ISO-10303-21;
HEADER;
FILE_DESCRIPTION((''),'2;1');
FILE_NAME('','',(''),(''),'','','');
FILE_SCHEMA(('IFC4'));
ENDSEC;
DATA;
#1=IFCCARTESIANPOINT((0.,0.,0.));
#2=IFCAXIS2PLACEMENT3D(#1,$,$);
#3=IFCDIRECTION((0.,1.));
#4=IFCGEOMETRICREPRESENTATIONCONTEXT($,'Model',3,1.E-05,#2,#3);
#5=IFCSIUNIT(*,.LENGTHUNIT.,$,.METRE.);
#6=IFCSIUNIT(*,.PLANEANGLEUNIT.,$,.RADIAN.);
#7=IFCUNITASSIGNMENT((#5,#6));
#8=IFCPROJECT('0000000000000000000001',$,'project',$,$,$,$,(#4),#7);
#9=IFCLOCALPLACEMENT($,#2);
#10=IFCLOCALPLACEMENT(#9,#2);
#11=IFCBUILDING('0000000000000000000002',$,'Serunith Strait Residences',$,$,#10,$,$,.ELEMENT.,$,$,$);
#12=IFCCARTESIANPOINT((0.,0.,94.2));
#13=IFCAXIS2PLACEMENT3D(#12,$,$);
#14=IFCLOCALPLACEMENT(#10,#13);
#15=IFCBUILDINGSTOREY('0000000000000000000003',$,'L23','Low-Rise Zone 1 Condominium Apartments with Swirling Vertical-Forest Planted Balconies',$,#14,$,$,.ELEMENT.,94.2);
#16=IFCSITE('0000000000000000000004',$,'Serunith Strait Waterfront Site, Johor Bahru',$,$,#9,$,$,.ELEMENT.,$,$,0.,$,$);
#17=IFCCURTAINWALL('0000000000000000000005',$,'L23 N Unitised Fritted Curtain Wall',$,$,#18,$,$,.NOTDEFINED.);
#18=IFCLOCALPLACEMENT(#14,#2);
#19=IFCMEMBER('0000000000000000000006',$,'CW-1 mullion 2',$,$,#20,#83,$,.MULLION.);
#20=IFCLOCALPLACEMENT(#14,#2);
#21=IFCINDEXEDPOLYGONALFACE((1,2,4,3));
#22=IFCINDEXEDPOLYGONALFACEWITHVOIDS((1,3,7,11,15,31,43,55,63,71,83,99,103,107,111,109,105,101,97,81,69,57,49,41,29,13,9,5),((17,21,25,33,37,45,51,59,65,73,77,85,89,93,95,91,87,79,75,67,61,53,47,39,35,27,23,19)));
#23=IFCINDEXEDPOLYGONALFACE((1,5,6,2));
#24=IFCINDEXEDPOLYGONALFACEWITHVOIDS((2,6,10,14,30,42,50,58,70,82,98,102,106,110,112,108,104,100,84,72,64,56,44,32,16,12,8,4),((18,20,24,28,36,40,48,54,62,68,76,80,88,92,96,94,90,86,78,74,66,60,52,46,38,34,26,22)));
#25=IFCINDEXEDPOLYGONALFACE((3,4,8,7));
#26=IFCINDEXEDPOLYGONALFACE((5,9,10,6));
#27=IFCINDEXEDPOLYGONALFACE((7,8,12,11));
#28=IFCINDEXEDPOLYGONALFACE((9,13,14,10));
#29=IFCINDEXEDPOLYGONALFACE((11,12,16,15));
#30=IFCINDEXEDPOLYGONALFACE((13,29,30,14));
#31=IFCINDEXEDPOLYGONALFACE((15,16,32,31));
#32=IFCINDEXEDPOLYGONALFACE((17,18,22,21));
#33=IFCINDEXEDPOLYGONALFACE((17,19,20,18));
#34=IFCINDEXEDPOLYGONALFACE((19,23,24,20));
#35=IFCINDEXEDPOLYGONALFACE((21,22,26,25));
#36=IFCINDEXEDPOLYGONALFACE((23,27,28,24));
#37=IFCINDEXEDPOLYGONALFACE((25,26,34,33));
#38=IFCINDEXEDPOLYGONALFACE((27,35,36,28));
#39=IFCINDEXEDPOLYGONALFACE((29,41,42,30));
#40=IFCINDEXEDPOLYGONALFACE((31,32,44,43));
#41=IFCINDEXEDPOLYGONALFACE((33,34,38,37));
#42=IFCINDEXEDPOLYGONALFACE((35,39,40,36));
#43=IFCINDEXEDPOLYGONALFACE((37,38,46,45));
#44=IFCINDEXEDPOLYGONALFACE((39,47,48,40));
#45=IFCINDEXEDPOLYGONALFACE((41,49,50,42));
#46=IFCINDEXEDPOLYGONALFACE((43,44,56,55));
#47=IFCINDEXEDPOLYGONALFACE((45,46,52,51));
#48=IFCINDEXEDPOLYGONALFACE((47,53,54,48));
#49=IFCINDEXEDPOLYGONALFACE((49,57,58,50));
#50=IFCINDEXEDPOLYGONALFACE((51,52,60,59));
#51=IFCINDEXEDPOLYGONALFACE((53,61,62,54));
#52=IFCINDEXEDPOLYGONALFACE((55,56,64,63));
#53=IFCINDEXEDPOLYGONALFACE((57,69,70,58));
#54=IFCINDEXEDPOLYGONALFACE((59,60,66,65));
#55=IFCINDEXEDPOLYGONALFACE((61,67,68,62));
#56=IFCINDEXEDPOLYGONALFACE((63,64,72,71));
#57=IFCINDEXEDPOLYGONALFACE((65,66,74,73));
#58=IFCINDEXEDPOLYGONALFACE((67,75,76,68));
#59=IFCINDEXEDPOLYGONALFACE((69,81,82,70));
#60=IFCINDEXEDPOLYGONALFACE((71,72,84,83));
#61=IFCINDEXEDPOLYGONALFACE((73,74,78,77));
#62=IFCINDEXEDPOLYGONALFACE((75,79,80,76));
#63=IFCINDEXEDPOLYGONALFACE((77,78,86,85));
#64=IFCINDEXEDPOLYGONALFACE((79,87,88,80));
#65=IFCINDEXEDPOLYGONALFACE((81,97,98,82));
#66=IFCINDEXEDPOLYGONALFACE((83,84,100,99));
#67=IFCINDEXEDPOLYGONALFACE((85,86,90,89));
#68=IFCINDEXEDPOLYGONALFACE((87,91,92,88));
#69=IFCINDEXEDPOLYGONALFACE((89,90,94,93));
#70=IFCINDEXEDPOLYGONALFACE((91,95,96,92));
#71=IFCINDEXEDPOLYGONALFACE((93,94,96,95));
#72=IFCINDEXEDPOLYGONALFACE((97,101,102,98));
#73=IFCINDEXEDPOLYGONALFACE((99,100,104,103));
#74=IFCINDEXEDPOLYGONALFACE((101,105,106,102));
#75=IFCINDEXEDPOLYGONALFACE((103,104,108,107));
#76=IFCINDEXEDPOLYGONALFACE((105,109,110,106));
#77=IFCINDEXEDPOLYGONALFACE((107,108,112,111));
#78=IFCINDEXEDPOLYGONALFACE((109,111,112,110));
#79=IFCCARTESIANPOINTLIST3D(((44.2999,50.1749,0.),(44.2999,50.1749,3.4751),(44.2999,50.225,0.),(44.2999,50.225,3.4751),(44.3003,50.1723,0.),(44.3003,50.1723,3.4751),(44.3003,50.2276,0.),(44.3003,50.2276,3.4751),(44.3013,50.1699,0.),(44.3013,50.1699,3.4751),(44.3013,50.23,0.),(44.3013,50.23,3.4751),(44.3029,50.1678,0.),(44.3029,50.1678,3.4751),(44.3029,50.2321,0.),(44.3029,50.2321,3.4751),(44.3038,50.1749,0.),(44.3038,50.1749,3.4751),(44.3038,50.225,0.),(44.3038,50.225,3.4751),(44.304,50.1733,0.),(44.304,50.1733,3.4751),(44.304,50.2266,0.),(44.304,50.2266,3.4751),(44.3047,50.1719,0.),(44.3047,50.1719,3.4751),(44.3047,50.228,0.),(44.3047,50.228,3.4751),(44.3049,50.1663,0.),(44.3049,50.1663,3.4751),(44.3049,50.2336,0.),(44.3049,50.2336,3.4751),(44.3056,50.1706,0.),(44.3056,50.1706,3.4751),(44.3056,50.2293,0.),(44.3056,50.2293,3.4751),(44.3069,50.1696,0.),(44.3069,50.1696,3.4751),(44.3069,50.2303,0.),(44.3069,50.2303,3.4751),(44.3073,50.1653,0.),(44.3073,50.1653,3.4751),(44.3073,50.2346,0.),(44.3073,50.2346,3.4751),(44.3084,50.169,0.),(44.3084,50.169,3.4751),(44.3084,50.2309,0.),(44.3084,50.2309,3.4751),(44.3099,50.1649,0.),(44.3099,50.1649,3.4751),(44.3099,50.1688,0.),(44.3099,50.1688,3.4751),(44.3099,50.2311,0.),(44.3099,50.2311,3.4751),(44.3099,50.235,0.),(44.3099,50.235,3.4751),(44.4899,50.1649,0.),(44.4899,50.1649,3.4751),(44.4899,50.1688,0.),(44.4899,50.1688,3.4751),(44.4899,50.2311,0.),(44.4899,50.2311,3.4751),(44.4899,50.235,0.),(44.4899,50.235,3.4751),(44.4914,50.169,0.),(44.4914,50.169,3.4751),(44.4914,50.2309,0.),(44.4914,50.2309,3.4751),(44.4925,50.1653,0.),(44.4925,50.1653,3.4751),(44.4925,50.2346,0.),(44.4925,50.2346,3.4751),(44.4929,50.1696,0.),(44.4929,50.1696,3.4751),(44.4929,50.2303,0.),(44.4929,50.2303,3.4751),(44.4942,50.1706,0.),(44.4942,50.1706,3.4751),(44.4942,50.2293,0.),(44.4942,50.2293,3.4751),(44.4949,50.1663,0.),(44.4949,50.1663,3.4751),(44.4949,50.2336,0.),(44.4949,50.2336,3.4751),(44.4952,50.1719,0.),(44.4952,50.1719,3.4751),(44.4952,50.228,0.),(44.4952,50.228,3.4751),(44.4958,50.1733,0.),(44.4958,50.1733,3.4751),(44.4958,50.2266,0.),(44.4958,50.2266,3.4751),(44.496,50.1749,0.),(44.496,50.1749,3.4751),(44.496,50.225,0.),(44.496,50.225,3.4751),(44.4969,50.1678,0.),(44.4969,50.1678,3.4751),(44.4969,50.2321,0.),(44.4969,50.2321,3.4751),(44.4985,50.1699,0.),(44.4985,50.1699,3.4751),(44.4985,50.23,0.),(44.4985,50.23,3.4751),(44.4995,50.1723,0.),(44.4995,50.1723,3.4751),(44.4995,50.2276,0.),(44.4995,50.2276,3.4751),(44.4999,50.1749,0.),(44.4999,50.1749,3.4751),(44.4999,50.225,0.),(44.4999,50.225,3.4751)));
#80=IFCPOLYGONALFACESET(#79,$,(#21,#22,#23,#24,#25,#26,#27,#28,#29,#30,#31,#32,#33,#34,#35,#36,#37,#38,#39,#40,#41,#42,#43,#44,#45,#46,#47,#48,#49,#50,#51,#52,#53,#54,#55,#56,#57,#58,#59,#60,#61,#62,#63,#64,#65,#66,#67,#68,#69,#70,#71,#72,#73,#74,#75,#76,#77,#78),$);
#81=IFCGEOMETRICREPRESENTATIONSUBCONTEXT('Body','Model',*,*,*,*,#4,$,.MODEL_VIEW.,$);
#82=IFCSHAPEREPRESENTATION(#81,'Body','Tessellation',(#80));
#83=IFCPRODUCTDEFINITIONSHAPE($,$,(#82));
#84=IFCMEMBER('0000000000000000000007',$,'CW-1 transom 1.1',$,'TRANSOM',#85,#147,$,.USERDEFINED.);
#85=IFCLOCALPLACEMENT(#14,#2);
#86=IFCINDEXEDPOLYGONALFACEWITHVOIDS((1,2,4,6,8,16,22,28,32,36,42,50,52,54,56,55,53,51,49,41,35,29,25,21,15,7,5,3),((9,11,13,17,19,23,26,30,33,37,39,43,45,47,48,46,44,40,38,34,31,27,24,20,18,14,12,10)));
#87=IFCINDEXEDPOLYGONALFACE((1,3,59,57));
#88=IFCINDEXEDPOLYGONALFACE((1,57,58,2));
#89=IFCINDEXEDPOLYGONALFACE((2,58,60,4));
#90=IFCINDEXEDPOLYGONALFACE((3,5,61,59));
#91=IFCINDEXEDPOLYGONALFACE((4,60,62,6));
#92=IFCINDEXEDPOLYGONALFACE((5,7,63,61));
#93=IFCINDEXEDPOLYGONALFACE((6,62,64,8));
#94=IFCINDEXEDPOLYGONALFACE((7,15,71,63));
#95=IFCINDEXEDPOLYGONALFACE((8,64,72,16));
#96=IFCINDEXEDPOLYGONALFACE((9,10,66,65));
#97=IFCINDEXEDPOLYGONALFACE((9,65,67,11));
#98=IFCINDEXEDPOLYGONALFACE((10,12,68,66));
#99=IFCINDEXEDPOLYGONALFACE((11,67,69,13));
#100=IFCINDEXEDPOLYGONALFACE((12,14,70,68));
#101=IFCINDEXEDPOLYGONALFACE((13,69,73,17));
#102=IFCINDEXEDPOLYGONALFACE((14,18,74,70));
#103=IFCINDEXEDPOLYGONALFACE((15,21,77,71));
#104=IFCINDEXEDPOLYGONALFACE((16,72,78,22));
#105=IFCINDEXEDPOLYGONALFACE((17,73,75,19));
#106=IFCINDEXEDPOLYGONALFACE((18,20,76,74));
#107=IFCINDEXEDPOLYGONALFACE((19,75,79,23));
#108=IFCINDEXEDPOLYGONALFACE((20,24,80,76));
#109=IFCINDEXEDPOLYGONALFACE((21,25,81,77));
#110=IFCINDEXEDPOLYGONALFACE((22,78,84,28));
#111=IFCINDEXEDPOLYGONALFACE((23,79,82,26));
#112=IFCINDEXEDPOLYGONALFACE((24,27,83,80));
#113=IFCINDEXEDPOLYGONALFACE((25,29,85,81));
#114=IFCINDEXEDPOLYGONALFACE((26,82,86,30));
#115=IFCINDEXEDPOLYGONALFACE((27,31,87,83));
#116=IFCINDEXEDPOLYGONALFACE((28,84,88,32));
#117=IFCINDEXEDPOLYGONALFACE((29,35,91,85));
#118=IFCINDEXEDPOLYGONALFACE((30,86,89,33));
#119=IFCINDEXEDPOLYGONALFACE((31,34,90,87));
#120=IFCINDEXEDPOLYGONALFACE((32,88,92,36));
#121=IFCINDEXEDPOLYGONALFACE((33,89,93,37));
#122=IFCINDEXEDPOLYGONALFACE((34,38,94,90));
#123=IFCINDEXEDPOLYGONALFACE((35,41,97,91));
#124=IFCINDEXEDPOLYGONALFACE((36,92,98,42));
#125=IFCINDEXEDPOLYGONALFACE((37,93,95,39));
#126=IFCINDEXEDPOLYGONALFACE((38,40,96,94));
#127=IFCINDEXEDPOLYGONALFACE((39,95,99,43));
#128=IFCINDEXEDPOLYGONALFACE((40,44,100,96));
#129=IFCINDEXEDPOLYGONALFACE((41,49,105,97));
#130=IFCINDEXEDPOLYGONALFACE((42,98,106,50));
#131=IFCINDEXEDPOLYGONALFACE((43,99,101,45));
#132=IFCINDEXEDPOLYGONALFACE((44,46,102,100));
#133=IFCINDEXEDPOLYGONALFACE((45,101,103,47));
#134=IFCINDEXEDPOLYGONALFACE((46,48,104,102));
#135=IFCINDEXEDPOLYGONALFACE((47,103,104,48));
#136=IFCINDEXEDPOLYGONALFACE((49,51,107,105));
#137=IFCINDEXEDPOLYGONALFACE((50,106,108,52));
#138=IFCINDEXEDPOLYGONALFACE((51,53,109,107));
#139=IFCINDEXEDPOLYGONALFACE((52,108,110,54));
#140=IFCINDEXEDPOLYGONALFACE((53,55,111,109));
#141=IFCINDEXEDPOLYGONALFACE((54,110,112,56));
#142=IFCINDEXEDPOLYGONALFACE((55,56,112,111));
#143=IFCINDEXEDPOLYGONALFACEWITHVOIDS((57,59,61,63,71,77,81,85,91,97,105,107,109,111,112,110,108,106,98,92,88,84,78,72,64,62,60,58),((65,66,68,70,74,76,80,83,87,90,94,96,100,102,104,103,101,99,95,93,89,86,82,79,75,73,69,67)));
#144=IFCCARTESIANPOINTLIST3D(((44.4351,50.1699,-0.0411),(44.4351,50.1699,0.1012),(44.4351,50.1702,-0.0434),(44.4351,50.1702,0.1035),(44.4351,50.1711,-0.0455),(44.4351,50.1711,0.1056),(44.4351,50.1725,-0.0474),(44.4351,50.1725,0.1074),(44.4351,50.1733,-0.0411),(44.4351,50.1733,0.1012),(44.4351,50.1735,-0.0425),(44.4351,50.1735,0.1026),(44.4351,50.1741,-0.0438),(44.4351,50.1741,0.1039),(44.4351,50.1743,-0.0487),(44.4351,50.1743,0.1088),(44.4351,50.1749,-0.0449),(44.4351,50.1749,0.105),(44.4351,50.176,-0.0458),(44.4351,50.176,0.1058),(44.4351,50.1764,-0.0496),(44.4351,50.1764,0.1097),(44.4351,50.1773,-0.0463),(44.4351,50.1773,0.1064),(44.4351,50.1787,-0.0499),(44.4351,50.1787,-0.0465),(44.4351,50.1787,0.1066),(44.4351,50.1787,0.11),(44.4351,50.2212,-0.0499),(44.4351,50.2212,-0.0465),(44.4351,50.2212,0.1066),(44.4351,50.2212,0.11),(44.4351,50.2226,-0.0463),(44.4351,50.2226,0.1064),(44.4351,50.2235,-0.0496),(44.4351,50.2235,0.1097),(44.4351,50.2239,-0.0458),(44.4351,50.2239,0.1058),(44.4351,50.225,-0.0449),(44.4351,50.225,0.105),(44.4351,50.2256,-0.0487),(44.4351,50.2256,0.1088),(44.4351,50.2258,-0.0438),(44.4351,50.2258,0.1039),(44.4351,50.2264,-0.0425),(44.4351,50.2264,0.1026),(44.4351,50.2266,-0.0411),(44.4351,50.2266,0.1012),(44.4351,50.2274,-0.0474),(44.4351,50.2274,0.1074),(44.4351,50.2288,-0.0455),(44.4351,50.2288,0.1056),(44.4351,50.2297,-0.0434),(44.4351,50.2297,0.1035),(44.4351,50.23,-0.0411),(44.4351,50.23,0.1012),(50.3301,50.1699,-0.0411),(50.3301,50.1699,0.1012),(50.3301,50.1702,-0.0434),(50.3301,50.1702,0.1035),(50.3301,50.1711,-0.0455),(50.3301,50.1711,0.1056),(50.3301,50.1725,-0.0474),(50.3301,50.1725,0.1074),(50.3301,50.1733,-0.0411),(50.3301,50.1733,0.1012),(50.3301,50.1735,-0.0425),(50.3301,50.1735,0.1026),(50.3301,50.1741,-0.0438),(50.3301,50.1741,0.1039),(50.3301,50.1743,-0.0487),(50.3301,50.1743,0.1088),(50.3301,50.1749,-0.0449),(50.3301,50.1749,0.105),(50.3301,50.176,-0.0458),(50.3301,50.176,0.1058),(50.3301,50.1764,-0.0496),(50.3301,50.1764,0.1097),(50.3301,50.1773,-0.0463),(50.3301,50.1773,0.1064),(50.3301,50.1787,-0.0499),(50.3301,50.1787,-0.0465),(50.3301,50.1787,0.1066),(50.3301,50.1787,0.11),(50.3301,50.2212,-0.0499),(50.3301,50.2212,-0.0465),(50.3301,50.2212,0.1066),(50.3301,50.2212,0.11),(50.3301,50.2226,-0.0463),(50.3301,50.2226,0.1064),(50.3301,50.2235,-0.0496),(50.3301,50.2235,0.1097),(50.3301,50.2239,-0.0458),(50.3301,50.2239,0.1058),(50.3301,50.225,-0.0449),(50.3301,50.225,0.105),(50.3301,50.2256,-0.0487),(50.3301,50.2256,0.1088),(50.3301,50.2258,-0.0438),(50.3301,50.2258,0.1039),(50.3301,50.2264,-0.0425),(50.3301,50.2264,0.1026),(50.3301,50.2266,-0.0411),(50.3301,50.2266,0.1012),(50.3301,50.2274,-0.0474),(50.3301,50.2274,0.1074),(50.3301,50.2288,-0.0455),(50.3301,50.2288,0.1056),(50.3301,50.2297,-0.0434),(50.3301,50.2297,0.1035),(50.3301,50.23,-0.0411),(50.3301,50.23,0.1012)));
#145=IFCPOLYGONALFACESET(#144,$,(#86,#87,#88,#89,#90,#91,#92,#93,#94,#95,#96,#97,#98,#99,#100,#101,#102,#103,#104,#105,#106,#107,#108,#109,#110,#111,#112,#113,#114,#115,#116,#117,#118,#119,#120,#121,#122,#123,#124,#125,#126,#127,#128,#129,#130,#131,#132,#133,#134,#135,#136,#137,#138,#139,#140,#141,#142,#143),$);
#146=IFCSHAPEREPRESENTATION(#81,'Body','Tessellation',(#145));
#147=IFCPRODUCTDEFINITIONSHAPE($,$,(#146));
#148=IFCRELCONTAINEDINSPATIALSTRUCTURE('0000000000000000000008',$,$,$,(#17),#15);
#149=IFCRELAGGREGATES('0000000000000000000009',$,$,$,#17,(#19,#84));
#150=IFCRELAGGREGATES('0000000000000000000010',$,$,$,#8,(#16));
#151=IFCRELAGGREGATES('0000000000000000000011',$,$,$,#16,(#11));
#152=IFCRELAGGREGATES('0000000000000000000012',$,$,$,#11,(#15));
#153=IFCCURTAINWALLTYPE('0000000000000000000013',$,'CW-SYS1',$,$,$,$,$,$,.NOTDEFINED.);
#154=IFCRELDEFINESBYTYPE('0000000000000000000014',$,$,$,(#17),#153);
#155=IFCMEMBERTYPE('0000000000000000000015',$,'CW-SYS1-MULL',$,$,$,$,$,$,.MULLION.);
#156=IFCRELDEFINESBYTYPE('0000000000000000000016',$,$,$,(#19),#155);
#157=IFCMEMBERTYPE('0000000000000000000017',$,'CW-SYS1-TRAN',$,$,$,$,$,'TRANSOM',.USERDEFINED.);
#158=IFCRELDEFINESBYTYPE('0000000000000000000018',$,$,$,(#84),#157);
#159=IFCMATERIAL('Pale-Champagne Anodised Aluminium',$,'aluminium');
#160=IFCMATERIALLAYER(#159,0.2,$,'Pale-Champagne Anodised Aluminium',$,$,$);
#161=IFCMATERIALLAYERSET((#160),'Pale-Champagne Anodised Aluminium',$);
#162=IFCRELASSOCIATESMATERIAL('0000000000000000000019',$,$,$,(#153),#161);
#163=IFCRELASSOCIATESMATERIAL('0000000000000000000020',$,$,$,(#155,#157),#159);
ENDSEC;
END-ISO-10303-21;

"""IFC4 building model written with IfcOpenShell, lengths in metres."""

from ifc_helpers import new_model, si_unit, direction, frame, origin, origin_2d, place, context, subcontext, project, spatial, hollow_rectangle, extrude, source, transform, mapped, material, layer, layer_set, material_profile, profile_set, type_object, element, aggregate, save


model = new_model("IFC4")

# Units and contexts
model_context = context("Model", 3, precision=1e-05, world=origin(), true_north=direction((0.0, 1.0)))
body_context = subcontext(model_context, "Body", "Model", "MODEL_VIEW")
ifc_project = project(units=[si_unit("LENGTHUNIT", "METRE"), si_unit("PLANEANGLEUNIT", "RADIAN")], contexts=[model_context])

# Site, building, storey
site_placement = place(None, origin())
site = spatial("IfcSite", under=ifc_project, at=site_placement, Name="Serunith Strait Waterfront Site, Johor Bahru", CompositionType="ELEMENT", RefElevation=0.0)
building_placement = place(site_placement, origin())
building = spatial("IfcBuilding", under=site, at=building_placement, Name="Serunith Strait Residences", CompositionType="ELEMENT")
storey_placement = place(building_placement, frame((0.0, 0.0, 94.2)))
storey = spatial("IfcBuildingStorey", under=building, at=storey_placement, Name="L23", Description="Low-Rise Zone 1 Condominium Apartments with Swirling Vertical-Forest Planted Balconies", CompositionType="ELEMENT", Elevation=94.2)

# Shared definitions
ifc_material_1 = material(Name="Pale-Champagne Anodised Aluminium", Category="aluminium")
ifc_layer_1 = layer(ifc_material_1, 0.2, Name="Pale-Champagne Anodised Aluminium")
ifc_layer_set_1 = layer_set([ifc_layer_1], Name="Pale-Champagne Anodised Aluminium")
curtain_wall_type = type_object("IfcCurtainWallType", Name="CW-SYS1", PredefinedType="NOTDEFINED", material=ifc_layer_set_1)
ifc_material_profile_1 = material_profile(ifc_material_1, hollow_rectangle(XDim=0.0701, YDim=0.2, WallThickness=0.0039, InnerFilletRadius=0.0061, OuterFilletRadius=0.01, at=origin_2d()), Name="ALU 200x70x4")
ifc_profile_set_1 = profile_set([ifc_material_profile_1], Name="Pale-Champagne Anodised Aluminium")
member_type_1 = type_object("IfcMemberType", Name="CW-SYS1-MULL", PredefinedType="MULLION", material=ifc_profile_set_1)
shared_shape_1 = source(origin(), body_context, "Body", "SweptSolid", [
    extrude(hollow_rectangle(XDim=0.0701, YDim=0.2, WallThickness=0.0039, InnerFilletRadius=0.0061, OuterFilletRadius=0.01, at=origin_2d()), origin(), (0.0, 0.0, 1.0), 3.4751),
])

# Curtain wall, members
curtain_wall_1_placement = place(storey_placement, origin())
curtain_wall_1 = element("IfcCurtainWall", 1, at=curtain_wall_1_placement, inside=storey, type_object=curtain_wall_type, Name="L23 N Unitised Fritted Curtain Wall", PredefinedType="NOTDEFINED")
member_1_placement = place(storey_placement, frame((44.3999, 50.2, 0.0), z_axis=(0.0, 0.0, 1.0), x_axis=(0.0, -1.0, 0.0)))
member_1 = element("IfcMember", 2, at=member_1_placement, type_object=member_type_1, Name="CW-1 mullion 2", PredefinedType="MULLION", context=body_context, shape_type="MappedRepresentation", body=[
    mapped(shared_shape_1, transform((0.0, 0.0, 0.0), scale=1.0)),
])
ifc_material_profile_2 = material_profile(ifc_material_1, hollow_rectangle(XDim=0.0601, YDim=0.1599, WallThickness=0.0034, InnerFilletRadius=0.0054, OuterFilletRadius=0.0088, at=origin_2d()), Name="ALU 160x60x3.5")
ifc_profile_set_2 = profile_set([ifc_material_profile_2], Name="Pale-Champagne Anodised Aluminium")
member_type_2 = type_object("IfcMemberType", Name="CW-SYS1-TRAN", ElementType="TRANSOM", PredefinedType="USERDEFINED", material=ifc_profile_set_2)
shared_shape_2 = source(origin(), body_context, "Body", "SweptSolid", [
    extrude(hollow_rectangle(XDim=0.0601, YDim=0.1599, WallThickness=0.0034, InnerFilletRadius=0.0054, OuterFilletRadius=0.0088, at=origin_2d()), origin(), (0.0, 0.0, 1.0), 5.895),
])
member_2_placement = place(storey_placement, frame((50.3301, 50.2, 0.03), z_axis=(-1.0, 0.0, 0.0), x_axis=(0.0, -1.0, 0.0)))
member_2 = element("IfcMember", 3, at=member_2_placement, type_object=member_type_2, Name="CW-1 transom 1.1", ObjectType="TRANSOM", PredefinedType="USERDEFINED", context=body_context, shape_type="MappedRepresentation", body=[
    mapped(shared_shape_2, transform((0.0, 0.0, 0.0), scale=1.0)),
])
aggregate(curtain_wall_1, [member_1, member_2])

save(model, "model.ifc")
